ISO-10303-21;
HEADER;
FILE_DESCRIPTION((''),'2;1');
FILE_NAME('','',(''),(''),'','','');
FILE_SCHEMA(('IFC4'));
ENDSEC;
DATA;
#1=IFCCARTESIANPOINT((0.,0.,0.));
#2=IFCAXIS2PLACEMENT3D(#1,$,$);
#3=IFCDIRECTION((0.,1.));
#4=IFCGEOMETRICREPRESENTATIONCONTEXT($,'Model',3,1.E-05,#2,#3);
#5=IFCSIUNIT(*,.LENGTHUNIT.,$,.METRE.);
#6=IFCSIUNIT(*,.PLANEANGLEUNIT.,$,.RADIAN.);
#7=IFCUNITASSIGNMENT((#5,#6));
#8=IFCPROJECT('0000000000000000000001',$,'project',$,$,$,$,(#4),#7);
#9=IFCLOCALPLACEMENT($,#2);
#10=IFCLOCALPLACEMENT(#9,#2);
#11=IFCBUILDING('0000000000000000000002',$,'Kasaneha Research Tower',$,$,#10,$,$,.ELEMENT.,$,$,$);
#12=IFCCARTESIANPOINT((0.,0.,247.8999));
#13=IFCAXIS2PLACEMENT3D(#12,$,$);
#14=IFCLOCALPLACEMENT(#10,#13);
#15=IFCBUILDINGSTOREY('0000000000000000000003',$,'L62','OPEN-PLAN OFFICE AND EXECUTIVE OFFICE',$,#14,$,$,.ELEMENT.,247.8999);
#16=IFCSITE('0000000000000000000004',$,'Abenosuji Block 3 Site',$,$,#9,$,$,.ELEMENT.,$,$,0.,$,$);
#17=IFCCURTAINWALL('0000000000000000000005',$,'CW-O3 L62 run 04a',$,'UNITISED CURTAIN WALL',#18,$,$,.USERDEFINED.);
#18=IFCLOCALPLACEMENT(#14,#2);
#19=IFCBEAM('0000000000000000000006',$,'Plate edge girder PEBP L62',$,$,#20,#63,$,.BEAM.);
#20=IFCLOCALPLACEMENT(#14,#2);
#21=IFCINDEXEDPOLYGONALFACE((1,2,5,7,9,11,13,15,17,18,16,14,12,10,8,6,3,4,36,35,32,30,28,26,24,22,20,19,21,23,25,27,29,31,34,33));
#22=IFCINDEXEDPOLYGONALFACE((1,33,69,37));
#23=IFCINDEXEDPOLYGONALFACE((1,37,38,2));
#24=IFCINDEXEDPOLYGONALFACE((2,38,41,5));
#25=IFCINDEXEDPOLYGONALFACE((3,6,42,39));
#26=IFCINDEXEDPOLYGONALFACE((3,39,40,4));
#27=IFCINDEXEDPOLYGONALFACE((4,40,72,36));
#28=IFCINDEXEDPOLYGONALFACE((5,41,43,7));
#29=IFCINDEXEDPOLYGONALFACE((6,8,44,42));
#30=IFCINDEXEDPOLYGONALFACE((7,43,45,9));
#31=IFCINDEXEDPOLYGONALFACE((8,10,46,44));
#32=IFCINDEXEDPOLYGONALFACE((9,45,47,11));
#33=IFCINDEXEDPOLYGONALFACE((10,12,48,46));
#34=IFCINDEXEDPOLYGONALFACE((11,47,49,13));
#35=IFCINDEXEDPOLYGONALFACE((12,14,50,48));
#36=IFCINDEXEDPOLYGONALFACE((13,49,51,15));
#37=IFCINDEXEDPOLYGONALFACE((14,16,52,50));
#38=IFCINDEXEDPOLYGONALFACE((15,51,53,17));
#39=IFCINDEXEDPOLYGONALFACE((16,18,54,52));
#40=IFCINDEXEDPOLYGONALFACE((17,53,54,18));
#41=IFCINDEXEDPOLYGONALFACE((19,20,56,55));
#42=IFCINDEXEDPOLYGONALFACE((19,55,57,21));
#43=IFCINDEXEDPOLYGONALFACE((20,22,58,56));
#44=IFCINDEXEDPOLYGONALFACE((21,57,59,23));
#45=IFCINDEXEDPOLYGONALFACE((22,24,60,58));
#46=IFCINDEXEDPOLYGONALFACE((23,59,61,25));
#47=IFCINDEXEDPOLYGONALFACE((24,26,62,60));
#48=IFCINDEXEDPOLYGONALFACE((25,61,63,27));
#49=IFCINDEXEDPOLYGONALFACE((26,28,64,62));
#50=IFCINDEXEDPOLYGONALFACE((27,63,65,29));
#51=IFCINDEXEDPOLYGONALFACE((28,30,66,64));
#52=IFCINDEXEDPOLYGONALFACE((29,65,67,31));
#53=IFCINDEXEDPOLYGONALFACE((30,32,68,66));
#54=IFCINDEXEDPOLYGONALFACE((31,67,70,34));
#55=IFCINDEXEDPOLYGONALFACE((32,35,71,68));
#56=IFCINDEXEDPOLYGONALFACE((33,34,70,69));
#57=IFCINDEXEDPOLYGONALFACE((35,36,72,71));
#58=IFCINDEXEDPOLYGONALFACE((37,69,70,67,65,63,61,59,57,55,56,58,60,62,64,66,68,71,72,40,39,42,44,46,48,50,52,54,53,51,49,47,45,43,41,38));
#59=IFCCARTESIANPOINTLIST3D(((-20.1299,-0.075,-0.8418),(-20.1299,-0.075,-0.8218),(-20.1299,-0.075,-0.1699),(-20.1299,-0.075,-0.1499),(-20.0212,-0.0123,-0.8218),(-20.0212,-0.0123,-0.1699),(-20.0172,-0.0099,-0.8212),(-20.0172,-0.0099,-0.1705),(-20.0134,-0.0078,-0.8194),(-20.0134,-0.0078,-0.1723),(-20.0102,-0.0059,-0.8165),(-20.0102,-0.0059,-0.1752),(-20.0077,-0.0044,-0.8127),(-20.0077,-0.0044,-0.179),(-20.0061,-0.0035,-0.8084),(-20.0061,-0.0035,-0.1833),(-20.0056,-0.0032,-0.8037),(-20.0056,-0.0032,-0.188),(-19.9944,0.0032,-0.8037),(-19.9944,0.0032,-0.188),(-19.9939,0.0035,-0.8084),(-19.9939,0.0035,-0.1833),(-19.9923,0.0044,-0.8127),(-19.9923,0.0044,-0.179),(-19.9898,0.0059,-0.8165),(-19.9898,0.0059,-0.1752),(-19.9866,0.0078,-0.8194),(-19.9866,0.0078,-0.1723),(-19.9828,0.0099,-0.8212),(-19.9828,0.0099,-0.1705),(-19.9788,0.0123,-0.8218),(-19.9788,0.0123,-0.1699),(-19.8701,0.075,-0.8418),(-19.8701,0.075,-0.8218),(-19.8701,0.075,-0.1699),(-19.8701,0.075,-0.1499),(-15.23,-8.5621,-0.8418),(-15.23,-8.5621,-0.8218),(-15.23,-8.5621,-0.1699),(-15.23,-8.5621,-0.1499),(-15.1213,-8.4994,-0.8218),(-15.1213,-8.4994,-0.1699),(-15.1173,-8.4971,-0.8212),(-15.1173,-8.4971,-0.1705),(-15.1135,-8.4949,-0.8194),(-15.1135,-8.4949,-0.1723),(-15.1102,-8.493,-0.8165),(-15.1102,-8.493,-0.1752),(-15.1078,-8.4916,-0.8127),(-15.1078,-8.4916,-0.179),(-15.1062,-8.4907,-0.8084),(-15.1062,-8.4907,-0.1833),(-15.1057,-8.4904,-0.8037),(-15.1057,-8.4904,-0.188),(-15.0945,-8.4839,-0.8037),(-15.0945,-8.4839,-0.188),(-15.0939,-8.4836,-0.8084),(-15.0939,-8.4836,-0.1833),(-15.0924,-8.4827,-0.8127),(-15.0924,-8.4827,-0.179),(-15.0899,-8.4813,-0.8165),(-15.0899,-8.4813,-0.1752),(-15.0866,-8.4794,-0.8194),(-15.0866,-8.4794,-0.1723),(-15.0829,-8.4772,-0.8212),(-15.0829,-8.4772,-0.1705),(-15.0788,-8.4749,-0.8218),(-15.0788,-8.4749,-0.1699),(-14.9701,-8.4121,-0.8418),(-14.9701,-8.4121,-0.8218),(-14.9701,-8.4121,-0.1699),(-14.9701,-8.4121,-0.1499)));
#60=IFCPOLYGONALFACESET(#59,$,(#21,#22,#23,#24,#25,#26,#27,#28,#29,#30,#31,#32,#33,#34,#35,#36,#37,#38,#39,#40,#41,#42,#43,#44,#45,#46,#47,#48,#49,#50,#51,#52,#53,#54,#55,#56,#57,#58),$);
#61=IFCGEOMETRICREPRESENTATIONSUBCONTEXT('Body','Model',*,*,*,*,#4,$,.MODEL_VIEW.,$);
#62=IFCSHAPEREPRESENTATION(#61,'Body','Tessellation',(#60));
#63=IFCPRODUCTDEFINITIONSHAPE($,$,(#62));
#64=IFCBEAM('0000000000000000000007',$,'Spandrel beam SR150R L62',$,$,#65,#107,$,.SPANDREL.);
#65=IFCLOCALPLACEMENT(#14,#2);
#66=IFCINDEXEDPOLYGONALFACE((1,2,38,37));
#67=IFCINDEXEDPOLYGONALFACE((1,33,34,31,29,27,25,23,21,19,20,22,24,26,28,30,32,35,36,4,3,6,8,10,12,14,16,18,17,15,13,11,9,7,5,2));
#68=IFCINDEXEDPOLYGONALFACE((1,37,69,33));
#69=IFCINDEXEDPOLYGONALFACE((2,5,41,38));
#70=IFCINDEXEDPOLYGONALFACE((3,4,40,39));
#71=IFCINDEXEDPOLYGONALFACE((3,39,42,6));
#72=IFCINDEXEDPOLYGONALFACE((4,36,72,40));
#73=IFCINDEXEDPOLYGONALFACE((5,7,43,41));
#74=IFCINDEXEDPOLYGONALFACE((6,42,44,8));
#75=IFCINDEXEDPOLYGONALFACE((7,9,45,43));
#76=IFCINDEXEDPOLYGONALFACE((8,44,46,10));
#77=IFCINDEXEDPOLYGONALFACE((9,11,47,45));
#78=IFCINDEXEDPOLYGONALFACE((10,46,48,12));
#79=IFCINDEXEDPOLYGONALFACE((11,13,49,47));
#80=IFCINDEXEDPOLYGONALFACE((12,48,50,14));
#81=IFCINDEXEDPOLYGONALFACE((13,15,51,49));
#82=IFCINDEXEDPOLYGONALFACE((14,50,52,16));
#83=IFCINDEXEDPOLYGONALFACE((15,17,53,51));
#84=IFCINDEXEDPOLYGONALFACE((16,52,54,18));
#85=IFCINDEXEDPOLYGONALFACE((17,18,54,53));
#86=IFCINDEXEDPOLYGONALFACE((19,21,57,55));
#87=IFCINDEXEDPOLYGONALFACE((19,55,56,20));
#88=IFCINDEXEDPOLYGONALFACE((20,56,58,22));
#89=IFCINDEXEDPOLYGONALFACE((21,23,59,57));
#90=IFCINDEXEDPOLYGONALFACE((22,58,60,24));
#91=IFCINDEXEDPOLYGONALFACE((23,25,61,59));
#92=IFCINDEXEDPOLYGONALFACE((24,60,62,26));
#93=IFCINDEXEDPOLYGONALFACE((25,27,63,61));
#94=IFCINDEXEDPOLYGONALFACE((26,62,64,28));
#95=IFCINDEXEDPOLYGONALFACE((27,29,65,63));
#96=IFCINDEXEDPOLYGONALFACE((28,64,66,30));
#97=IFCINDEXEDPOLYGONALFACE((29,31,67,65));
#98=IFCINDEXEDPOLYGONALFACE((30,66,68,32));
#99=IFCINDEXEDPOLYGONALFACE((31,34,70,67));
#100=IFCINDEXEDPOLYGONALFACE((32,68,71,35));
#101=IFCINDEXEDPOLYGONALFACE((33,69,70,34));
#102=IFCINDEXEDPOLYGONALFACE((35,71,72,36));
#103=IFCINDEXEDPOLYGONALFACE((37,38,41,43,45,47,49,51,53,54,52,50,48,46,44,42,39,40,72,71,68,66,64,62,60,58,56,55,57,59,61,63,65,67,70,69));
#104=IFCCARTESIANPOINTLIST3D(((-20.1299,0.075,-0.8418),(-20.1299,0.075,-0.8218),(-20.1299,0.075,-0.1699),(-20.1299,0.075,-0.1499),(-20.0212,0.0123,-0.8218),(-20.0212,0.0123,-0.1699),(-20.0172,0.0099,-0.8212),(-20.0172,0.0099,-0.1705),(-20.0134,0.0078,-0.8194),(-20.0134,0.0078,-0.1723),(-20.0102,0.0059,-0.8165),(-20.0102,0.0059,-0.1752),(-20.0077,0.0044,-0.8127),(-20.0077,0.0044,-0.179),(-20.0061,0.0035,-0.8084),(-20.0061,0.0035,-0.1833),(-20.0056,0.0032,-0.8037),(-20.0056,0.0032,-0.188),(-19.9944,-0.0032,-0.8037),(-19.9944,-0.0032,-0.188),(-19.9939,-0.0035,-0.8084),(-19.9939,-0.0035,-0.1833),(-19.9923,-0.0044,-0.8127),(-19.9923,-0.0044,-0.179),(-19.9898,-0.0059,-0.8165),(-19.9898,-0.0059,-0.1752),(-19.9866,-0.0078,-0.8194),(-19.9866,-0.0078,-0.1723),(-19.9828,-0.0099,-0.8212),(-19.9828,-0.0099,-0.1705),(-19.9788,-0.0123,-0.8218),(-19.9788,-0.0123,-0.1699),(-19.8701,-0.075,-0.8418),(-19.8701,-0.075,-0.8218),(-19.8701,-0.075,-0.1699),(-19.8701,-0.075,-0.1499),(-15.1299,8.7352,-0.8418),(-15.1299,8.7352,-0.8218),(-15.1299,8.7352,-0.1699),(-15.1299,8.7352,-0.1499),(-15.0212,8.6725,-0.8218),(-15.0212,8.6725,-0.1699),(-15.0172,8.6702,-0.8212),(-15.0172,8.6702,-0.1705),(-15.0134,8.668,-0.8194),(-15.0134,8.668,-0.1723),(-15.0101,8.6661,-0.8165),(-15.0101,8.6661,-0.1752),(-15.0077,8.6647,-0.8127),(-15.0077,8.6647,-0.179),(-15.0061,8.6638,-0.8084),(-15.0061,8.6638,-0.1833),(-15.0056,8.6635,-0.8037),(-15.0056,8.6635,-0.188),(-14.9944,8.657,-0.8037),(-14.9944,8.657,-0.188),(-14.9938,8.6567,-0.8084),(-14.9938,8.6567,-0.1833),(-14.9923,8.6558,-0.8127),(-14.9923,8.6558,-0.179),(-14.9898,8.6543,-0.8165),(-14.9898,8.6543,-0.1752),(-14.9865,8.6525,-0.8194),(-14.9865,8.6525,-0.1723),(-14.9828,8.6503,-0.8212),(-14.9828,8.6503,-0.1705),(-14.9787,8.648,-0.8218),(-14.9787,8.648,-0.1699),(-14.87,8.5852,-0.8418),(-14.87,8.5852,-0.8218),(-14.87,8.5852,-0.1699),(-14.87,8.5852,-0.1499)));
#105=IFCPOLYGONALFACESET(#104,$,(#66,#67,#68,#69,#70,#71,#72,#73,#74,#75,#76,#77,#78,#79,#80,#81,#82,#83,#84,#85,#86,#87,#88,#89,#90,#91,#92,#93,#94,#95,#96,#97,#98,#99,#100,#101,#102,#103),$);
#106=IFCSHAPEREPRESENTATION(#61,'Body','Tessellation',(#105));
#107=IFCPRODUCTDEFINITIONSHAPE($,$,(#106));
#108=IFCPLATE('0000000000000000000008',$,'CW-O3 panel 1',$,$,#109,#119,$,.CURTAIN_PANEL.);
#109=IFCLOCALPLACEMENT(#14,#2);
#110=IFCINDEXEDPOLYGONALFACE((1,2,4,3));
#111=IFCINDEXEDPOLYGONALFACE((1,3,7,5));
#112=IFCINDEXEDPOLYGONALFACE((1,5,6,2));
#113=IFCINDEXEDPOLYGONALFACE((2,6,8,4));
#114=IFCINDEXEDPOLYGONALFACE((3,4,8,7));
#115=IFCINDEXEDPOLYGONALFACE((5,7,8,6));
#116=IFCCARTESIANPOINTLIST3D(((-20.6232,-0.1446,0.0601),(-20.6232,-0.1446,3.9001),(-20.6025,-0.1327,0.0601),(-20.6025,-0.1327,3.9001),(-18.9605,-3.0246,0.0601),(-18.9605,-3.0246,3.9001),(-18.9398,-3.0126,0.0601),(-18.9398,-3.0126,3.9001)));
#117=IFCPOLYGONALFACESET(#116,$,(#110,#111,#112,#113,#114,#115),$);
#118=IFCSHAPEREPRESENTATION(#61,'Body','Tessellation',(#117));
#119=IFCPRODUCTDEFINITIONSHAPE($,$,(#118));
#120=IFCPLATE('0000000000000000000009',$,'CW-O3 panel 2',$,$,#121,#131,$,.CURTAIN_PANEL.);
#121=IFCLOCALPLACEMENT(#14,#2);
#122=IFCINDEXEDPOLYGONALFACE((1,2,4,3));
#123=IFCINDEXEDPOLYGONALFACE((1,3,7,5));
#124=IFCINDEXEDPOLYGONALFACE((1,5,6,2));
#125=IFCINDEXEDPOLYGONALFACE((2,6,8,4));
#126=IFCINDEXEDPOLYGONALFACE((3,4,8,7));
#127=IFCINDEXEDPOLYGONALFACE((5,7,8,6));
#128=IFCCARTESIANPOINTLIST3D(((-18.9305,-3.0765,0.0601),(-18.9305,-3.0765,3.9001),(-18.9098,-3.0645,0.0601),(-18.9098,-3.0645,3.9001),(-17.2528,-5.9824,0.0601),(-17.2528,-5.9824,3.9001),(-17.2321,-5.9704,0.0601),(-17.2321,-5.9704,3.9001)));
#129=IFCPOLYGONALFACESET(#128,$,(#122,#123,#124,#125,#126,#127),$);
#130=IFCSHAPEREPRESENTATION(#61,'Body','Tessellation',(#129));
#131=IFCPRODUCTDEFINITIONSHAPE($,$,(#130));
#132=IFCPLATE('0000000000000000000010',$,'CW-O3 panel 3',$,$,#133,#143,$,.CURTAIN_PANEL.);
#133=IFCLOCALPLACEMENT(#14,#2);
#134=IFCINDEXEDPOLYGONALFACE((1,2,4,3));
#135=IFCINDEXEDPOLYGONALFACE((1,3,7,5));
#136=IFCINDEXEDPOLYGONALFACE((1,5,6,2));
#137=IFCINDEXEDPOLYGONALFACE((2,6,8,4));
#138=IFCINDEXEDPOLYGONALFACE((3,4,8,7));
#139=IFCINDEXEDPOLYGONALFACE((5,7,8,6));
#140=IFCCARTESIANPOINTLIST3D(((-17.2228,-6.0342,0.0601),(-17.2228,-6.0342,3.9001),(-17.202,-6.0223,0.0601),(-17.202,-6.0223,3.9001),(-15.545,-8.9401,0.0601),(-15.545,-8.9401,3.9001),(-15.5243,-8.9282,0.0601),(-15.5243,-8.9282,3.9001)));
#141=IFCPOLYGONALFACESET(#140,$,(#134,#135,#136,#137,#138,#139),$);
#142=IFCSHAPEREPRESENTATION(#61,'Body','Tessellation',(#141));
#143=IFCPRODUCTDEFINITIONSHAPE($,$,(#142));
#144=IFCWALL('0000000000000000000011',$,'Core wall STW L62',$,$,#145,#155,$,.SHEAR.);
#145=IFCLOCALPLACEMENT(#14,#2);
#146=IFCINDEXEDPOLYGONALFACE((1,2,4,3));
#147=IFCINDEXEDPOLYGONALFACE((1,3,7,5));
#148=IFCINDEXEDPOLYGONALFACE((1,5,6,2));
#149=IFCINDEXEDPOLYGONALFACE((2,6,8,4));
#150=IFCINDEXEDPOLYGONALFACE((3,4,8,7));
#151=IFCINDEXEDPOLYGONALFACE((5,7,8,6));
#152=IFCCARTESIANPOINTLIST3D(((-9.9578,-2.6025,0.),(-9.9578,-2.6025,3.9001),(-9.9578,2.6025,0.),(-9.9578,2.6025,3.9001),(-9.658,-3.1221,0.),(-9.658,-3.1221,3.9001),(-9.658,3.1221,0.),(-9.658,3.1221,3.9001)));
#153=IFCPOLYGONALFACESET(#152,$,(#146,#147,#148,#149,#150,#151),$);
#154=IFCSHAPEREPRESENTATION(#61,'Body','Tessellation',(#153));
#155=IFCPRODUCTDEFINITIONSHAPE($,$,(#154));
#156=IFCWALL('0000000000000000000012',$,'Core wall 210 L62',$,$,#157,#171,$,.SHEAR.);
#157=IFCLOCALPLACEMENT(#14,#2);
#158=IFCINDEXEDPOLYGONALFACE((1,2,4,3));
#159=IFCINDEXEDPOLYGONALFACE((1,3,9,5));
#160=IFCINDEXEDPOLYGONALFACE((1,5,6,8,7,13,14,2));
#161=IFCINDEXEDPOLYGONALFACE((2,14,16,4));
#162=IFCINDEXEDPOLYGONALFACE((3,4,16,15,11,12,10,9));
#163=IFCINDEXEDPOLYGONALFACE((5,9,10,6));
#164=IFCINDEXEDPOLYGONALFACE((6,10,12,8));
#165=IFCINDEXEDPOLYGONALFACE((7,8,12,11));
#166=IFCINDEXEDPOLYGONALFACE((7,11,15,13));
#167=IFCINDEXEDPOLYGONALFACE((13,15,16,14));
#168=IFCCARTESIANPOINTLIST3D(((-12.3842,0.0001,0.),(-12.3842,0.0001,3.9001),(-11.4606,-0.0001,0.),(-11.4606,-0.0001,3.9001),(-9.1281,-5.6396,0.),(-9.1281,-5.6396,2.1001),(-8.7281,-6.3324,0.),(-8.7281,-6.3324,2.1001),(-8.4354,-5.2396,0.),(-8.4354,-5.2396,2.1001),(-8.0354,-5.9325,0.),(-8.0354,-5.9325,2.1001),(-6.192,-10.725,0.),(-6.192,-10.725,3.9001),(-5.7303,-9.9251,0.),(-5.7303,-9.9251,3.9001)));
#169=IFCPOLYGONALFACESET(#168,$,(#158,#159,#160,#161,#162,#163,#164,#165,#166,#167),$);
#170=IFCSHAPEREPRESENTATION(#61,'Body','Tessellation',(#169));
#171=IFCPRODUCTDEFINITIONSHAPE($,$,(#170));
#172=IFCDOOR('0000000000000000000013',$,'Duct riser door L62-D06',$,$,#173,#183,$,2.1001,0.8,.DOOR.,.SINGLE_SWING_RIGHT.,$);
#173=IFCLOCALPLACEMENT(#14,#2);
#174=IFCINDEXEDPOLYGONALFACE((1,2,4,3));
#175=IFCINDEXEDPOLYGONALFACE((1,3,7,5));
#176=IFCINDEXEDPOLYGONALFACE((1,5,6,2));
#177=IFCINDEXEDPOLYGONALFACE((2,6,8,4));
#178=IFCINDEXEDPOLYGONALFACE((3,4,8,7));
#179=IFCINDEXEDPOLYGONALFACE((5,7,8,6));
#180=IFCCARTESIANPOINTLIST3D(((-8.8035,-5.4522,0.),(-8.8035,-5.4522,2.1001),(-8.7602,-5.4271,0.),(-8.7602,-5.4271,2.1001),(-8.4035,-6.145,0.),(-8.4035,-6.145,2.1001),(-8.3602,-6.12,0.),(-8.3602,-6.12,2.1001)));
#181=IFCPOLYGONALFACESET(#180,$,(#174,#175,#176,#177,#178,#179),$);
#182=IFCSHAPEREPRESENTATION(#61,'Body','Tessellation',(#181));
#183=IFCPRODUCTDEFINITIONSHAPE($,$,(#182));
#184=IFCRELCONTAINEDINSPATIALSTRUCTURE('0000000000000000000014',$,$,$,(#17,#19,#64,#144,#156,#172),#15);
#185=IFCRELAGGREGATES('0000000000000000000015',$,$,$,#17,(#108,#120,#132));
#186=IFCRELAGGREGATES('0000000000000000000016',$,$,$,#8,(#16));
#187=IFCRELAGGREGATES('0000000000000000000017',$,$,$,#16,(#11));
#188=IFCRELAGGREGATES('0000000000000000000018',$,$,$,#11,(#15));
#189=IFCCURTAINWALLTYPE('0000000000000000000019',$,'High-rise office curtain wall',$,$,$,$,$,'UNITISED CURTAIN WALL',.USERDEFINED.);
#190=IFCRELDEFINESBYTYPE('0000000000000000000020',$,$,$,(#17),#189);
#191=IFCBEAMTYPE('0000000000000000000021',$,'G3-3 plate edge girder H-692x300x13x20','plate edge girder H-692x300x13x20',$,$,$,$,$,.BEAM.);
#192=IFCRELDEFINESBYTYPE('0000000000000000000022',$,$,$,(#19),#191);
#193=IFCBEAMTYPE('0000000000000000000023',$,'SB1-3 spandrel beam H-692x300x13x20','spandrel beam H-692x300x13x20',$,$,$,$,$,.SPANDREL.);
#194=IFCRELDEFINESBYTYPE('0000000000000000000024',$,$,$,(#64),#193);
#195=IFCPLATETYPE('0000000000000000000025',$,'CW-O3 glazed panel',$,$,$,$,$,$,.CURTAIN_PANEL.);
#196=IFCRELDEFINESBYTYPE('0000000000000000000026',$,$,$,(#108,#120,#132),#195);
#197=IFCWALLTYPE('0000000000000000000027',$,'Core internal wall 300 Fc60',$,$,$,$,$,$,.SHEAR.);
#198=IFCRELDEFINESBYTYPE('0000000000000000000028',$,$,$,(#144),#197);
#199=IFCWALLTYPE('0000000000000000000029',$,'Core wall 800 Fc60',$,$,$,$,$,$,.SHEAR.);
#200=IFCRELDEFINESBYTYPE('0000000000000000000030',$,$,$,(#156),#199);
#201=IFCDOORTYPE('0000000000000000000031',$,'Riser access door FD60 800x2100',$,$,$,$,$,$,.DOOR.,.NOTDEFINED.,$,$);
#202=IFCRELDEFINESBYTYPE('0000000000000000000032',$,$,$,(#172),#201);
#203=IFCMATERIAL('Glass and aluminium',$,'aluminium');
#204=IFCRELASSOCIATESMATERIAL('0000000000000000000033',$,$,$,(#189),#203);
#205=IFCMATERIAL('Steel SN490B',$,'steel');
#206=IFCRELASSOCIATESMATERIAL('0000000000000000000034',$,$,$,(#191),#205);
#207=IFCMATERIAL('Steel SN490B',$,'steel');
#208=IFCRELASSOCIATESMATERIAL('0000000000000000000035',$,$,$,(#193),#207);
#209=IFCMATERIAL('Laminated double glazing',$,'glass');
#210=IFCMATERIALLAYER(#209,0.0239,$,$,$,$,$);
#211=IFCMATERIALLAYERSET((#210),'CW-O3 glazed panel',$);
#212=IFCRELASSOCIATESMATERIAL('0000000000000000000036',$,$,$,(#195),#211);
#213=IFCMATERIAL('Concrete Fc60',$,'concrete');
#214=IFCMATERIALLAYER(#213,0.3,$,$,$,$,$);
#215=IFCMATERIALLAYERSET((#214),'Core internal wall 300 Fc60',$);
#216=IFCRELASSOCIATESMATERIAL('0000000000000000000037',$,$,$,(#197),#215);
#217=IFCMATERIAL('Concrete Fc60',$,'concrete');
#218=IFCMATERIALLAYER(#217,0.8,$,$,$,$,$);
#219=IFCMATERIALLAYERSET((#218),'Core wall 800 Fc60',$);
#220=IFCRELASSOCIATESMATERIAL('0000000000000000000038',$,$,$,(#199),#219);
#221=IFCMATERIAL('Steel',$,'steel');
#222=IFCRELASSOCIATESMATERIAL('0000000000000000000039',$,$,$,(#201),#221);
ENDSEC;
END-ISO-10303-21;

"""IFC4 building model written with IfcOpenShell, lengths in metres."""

from ifc_helpers import new_model, si_unit, direction, frame, frame_2d, origin, origin_2d, place, context, subcontext, project, spatial, polyline, rectangle, i_section, outline, extrude, material, layer, layer_set, material_profile, profile_set, type_object, element, fill, aggregate, save


model = new_model("IFC4")

# Units and contexts
model_context = context("Model", 3, precision=1e-05, world=origin(), true_north=direction((0.0, 1.0)))
body_context = subcontext(model_context, "Body", "Model", "MODEL_VIEW")
ifc_project = project(units=[si_unit("LENGTHUNIT", "METRE"), si_unit("PLANEANGLEUNIT", "RADIAN")], contexts=[model_context])

# Site, building, storey
site_placement = place(None, origin())
site = spatial("IfcSite", under=ifc_project, at=site_placement, Name="Abenosuji Block 3 Site", CompositionType="ELEMENT", RefElevation=0.0)
building_placement = place(site_placement, origin())
building = spatial("IfcBuilding", under=site, at=building_placement, Name="Kasaneha Research Tower", CompositionType="ELEMENT")
storey_placement = place(building_placement, frame((0.0, 0.0, 247.8999)))
storey = spatial("IfcBuildingStorey", under=building, at=storey_placement, Name="L62", Description="OPEN-PLAN OFFICE AND EXECUTIVE OFFICE", CompositionType="ELEMENT", Elevation=247.8999)

# Curtain wall
ifc_material_1 = material(Name="Glass and aluminium", Category="aluminium")
curtain_wall_type = type_object("IfcCurtainWallType", Name="High-rise office curtain wall", ElementType="UNITISED CURTAIN WALL", PredefinedType="USERDEFINED", material=ifc_material_1)
curtain_wall_placement = place(storey_placement, origin())
curtain_wall = element("IfcCurtainWall", 1, at=curtain_wall_placement, inside=storey, type_object=curtain_wall_type, Name="CW-O3 L62 run 04a", ObjectType="UNITISED CURTAIN WALL", PredefinedType="USERDEFINED")

# Beams
ifc_material_2 = material(Name="Steel SN490B", Category="steel")
ifc_material_profile_1 = material_profile(ifc_material_2, i_section(OverallWidth=0.3, OverallDepth=0.6919, WebThickness=0.0129, FlangeThickness=0.02, FilletRadius=0.0181, at=origin_2d()), Name="H-692x300x13x20")
ifc_profile_set_1 = profile_set([ifc_material_profile_1], Name="Steel SN490B")
beam_type_1 = type_object("IfcBeamType", Name="G3-3 plate edge girder H-692x300x13x20", Description="plate edge girder H-692x300x13x20", PredefinedType="BEAM", material=ifc_profile_set_1)
beam_1_placement = place(storey_placement, frame((-20.0, 0.0, -0.4958), z_axis=(0.499992, -0.86603, 0.0), x_axis=(0.86603, 0.499992, 0.0)))
element("IfcBeam", 2, at=beam_1_placement, inside=storey, type_object=beam_type_1, Name="Plate edge girder PEBP L62", PredefinedType="BEAM", context=body_context, shape_type="SweptSolid", body=[
    extrude(i_section(OverallWidth=0.3, OverallDepth=0.6919, WebThickness=0.0129, FlangeThickness=0.02, FilletRadius=0.0181, at=origin_2d()), origin(), (0.0, 0.0, 1.0), 9.8),
])
ifc_material_3 = material(Name="Steel SN490B", Category="steel")
ifc_material_profile_2 = material_profile(ifc_material_3, i_section(OverallWidth=0.3, OverallDepth=0.6919, WebThickness=0.0129, FlangeThickness=0.02, FilletRadius=0.0181, at=origin_2d()), Name="H-692x300x13x20")
ifc_profile_set_2 = profile_set([ifc_material_profile_2], Name="Steel SN490B")
beam_type_2 = type_object("IfcBeamType", Name="SB1-3 spandrel beam H-692x300x13x20", Description="spandrel beam H-692x300x13x20", PredefinedType="SPANDREL", material=ifc_profile_set_2)
beam_2_placement = place(storey_placement, frame((-20.0, 0.0, -0.4958), z_axis=(0.500004, 0.866023, 0.0), x_axis=(-0.866023, 0.500004, 0.0)))
element("IfcBeam", 3, at=beam_2_placement, inside=storey, type_object=beam_type_2, Name="Spandrel beam SR150R L62", PredefinedType="SPANDREL", context=body_context, shape_type="SweptSolid", body=[
    extrude(i_section(OverallWidth=0.3, OverallDepth=0.6919, WebThickness=0.0129, FlangeThickness=0.02, FilletRadius=0.0181, at=origin_2d()), origin(), (0.0, 0.0, 1.0), 10.0),
])

# Plates
ifc_material_4 = material(Name="Laminated double glazing", Category="glass")
ifc_layer_1 = layer(ifc_material_4, 0.0239)
ifc_layer_set_1 = layer_set([ifc_layer_1], Name="CW-O3 glazed panel")
plate_type = type_object("IfcPlateType", Name="CW-O3 glazed panel", PredefinedType="CURTAIN_PANEL", material=ifc_layer_set_1)
plate_1_placement = place(storey_placement, frame((-19.7815, -1.5786, 0.0601), z_axis=(0.0, 0.0, 1.0), x_axis=(0.5, -0.866025, 0.0)))
plate_1 = element("IfcPlate", 4, at=plate_1_placement, type_object=plate_type, Name="CW-O3 panel 1", PredefinedType="CURTAIN_PANEL", context=body_context, shape_type="SweptSolid", body=[
    extrude(rectangle(XDim=3.3254, YDim=0.0239, at=origin_2d()), origin(), (0.0, 0.0, 1.0), 3.8401),
])
plate_2_placement = place(storey_placement, frame((-18.0813, -4.5234, 0.0601), z_axis=(0.0, 0.0, 1.0), x_axis=(0.5, -0.866025, 0.0)))
plate_2 = element("IfcPlate", 5, at=plate_2_placement, type_object=plate_type, Name="CW-O3 panel 2", PredefinedType="CURTAIN_PANEL", context=body_context, shape_type="SweptSolid", body=[
    extrude(rectangle(XDim=3.3555, YDim=0.0239, at=origin_2d()), origin(), (0.0, 0.0, 1.0), 3.8401),
])
plate_3_placement = place(storey_placement, frame((-16.3735, -7.4812, 0.0601), z_axis=(0.0, 0.0, 1.0), x_axis=(0.5, -0.866025, 0.0)))
plate_3 = element("IfcPlate", 6, at=plate_3_placement, type_object=plate_type, Name="CW-O3 panel 3", PredefinedType="CURTAIN_PANEL", context=body_context, shape_type="SweptSolid", body=[
    extrude(rectangle(XDim=3.3555, YDim=0.0239, at=origin_2d()), origin(), (0.0, 0.0, 1.0), 3.8401),
])
aggregate(curtain_wall, [plate_1, plate_2, plate_3])

# Wall
ifc_material_5 = material(Name="Concrete Fc60", Category="concrete")
ifc_layer_2 = layer(ifc_material_5, 0.3)
ifc_layer_set_2 = layer_set([ifc_layer_2], Name="Core internal wall 300 Fc60")
wall_type_1 = type_object("IfcWallType", Name="Core internal wall 300 Fc60", PredefinedType="SHEAR", material=ifc_layer_set_2)
wall_1_placement = place(storey_placement, frame((-9.8079, -2.8623, 0.0), z_axis=(0.0, 0.0, 1.0), x_axis=(0.0, 1.0, 0.0)))
element("IfcWall", 7, at=wall_1_placement, inside=storey, type_object=wall_type_1, Name="Core wall STW L62", PredefinedType="SHEAR", context=body_context, shape_type="SweptSolid", body=[
    extrude(outline(polyline([(-0.2598, -0.1499), (5.9844, -0.1499), (5.4648, 0.1499), (0.2598, 0.1499), (-0.2598, -0.1499)])), origin(), (0.0, 0.0, 1.0), 3.9001),
])

# Wall, opening, door
ifc_material_6 = material(Name="Concrete Fc60", Category="concrete")
ifc_layer_3 = layer(ifc_material_6, 0.8)
ifc_layer_set_3 = layer_set([ifc_layer_3], Name="Core wall 800 Fc60")
wall_type_2 = type_object("IfcWallType", Name="Core wall 800 Fc60", PredefinedType="SHEAR", material=ifc_layer_set_3)
wall_2_placement = place(storey_placement, frame((-11.9224, 0.0, 0.0), z_axis=(0.0, 0.0, 1.0), x_axis=(0.500004, -0.866023, 0.0)))
wall_2 = element("IfcWall", 8, at=wall_2_placement, inside=storey, type_object=wall_type_2, Name="Core wall 210 L62", PredefinedType="SHEAR", context=body_context, shape_type="SweptSolid", body=[
    extrude(outline(polyline([(-0.231, -0.3999), (6.2812, -0.3999), (7.0813, -0.3999), (12.1533, -0.3999), (11.6914, 0.3999), (7.0813, 0.3999), (6.2812, 0.3999), (0.231, 0.3999), (-0.231, -0.3999)])), origin(), (0.0, 0.0, 1.0), 3.9001),
])
opening_1_placement = place(wall_2_placement, frame((6.2812, 0.0, 0.0)))
opening_1 = element("IfcOpeningElement", 9, at=opening_1_placement, cuts=wall_2, PredefinedType="OPENING", context=body_context, shape_type="SweptSolid", body=[
    extrude(rectangle(XDim=0.8, YDim=2.1001, at=frame_2d((0.3999, 1.05))), frame((0.0, 0.4102, 0.0), z_axis=(0.0, -1.0, 0.0), x_axis=(1.0, 0.0, 0.0)), (0.0, 0.0, 1.0), 0.8201),
])
ifc_material_7 = material(Name="Steel", Category="steel")
door_type_1 = type_object("IfcDoorType", Name="Riser access door FD60 800x2100", OperationType="NOTDEFINED", PredefinedType="DOOR", material=ifc_material_7)
door_1_placement = place(opening_1_placement, origin())
door_1 = element("IfcDoor", 10, at=door_1_placement, inside=storey, type_object=door_type_1, Name="Duct riser door L62-D06", OperationType="SINGLE_SWING_RIGHT", OverallHeight=2.1001, OverallWidth=0.8, PredefinedType="DOOR", context=body_context, shape_type="SweptSolid", body=[
    extrude(rectangle(XDim=0.8, YDim=2.1001, at=frame_2d((0.3999, 1.05))), frame((0.0, 0.0249, 0.0), z_axis=(0.0, -1.0, 0.0), x_axis=(1.0, 0.0, 0.0)), (0.0, 0.0, 1.0), 0.05),
])
fill(opening_1, door_1)

save(model, "model.ifc")
